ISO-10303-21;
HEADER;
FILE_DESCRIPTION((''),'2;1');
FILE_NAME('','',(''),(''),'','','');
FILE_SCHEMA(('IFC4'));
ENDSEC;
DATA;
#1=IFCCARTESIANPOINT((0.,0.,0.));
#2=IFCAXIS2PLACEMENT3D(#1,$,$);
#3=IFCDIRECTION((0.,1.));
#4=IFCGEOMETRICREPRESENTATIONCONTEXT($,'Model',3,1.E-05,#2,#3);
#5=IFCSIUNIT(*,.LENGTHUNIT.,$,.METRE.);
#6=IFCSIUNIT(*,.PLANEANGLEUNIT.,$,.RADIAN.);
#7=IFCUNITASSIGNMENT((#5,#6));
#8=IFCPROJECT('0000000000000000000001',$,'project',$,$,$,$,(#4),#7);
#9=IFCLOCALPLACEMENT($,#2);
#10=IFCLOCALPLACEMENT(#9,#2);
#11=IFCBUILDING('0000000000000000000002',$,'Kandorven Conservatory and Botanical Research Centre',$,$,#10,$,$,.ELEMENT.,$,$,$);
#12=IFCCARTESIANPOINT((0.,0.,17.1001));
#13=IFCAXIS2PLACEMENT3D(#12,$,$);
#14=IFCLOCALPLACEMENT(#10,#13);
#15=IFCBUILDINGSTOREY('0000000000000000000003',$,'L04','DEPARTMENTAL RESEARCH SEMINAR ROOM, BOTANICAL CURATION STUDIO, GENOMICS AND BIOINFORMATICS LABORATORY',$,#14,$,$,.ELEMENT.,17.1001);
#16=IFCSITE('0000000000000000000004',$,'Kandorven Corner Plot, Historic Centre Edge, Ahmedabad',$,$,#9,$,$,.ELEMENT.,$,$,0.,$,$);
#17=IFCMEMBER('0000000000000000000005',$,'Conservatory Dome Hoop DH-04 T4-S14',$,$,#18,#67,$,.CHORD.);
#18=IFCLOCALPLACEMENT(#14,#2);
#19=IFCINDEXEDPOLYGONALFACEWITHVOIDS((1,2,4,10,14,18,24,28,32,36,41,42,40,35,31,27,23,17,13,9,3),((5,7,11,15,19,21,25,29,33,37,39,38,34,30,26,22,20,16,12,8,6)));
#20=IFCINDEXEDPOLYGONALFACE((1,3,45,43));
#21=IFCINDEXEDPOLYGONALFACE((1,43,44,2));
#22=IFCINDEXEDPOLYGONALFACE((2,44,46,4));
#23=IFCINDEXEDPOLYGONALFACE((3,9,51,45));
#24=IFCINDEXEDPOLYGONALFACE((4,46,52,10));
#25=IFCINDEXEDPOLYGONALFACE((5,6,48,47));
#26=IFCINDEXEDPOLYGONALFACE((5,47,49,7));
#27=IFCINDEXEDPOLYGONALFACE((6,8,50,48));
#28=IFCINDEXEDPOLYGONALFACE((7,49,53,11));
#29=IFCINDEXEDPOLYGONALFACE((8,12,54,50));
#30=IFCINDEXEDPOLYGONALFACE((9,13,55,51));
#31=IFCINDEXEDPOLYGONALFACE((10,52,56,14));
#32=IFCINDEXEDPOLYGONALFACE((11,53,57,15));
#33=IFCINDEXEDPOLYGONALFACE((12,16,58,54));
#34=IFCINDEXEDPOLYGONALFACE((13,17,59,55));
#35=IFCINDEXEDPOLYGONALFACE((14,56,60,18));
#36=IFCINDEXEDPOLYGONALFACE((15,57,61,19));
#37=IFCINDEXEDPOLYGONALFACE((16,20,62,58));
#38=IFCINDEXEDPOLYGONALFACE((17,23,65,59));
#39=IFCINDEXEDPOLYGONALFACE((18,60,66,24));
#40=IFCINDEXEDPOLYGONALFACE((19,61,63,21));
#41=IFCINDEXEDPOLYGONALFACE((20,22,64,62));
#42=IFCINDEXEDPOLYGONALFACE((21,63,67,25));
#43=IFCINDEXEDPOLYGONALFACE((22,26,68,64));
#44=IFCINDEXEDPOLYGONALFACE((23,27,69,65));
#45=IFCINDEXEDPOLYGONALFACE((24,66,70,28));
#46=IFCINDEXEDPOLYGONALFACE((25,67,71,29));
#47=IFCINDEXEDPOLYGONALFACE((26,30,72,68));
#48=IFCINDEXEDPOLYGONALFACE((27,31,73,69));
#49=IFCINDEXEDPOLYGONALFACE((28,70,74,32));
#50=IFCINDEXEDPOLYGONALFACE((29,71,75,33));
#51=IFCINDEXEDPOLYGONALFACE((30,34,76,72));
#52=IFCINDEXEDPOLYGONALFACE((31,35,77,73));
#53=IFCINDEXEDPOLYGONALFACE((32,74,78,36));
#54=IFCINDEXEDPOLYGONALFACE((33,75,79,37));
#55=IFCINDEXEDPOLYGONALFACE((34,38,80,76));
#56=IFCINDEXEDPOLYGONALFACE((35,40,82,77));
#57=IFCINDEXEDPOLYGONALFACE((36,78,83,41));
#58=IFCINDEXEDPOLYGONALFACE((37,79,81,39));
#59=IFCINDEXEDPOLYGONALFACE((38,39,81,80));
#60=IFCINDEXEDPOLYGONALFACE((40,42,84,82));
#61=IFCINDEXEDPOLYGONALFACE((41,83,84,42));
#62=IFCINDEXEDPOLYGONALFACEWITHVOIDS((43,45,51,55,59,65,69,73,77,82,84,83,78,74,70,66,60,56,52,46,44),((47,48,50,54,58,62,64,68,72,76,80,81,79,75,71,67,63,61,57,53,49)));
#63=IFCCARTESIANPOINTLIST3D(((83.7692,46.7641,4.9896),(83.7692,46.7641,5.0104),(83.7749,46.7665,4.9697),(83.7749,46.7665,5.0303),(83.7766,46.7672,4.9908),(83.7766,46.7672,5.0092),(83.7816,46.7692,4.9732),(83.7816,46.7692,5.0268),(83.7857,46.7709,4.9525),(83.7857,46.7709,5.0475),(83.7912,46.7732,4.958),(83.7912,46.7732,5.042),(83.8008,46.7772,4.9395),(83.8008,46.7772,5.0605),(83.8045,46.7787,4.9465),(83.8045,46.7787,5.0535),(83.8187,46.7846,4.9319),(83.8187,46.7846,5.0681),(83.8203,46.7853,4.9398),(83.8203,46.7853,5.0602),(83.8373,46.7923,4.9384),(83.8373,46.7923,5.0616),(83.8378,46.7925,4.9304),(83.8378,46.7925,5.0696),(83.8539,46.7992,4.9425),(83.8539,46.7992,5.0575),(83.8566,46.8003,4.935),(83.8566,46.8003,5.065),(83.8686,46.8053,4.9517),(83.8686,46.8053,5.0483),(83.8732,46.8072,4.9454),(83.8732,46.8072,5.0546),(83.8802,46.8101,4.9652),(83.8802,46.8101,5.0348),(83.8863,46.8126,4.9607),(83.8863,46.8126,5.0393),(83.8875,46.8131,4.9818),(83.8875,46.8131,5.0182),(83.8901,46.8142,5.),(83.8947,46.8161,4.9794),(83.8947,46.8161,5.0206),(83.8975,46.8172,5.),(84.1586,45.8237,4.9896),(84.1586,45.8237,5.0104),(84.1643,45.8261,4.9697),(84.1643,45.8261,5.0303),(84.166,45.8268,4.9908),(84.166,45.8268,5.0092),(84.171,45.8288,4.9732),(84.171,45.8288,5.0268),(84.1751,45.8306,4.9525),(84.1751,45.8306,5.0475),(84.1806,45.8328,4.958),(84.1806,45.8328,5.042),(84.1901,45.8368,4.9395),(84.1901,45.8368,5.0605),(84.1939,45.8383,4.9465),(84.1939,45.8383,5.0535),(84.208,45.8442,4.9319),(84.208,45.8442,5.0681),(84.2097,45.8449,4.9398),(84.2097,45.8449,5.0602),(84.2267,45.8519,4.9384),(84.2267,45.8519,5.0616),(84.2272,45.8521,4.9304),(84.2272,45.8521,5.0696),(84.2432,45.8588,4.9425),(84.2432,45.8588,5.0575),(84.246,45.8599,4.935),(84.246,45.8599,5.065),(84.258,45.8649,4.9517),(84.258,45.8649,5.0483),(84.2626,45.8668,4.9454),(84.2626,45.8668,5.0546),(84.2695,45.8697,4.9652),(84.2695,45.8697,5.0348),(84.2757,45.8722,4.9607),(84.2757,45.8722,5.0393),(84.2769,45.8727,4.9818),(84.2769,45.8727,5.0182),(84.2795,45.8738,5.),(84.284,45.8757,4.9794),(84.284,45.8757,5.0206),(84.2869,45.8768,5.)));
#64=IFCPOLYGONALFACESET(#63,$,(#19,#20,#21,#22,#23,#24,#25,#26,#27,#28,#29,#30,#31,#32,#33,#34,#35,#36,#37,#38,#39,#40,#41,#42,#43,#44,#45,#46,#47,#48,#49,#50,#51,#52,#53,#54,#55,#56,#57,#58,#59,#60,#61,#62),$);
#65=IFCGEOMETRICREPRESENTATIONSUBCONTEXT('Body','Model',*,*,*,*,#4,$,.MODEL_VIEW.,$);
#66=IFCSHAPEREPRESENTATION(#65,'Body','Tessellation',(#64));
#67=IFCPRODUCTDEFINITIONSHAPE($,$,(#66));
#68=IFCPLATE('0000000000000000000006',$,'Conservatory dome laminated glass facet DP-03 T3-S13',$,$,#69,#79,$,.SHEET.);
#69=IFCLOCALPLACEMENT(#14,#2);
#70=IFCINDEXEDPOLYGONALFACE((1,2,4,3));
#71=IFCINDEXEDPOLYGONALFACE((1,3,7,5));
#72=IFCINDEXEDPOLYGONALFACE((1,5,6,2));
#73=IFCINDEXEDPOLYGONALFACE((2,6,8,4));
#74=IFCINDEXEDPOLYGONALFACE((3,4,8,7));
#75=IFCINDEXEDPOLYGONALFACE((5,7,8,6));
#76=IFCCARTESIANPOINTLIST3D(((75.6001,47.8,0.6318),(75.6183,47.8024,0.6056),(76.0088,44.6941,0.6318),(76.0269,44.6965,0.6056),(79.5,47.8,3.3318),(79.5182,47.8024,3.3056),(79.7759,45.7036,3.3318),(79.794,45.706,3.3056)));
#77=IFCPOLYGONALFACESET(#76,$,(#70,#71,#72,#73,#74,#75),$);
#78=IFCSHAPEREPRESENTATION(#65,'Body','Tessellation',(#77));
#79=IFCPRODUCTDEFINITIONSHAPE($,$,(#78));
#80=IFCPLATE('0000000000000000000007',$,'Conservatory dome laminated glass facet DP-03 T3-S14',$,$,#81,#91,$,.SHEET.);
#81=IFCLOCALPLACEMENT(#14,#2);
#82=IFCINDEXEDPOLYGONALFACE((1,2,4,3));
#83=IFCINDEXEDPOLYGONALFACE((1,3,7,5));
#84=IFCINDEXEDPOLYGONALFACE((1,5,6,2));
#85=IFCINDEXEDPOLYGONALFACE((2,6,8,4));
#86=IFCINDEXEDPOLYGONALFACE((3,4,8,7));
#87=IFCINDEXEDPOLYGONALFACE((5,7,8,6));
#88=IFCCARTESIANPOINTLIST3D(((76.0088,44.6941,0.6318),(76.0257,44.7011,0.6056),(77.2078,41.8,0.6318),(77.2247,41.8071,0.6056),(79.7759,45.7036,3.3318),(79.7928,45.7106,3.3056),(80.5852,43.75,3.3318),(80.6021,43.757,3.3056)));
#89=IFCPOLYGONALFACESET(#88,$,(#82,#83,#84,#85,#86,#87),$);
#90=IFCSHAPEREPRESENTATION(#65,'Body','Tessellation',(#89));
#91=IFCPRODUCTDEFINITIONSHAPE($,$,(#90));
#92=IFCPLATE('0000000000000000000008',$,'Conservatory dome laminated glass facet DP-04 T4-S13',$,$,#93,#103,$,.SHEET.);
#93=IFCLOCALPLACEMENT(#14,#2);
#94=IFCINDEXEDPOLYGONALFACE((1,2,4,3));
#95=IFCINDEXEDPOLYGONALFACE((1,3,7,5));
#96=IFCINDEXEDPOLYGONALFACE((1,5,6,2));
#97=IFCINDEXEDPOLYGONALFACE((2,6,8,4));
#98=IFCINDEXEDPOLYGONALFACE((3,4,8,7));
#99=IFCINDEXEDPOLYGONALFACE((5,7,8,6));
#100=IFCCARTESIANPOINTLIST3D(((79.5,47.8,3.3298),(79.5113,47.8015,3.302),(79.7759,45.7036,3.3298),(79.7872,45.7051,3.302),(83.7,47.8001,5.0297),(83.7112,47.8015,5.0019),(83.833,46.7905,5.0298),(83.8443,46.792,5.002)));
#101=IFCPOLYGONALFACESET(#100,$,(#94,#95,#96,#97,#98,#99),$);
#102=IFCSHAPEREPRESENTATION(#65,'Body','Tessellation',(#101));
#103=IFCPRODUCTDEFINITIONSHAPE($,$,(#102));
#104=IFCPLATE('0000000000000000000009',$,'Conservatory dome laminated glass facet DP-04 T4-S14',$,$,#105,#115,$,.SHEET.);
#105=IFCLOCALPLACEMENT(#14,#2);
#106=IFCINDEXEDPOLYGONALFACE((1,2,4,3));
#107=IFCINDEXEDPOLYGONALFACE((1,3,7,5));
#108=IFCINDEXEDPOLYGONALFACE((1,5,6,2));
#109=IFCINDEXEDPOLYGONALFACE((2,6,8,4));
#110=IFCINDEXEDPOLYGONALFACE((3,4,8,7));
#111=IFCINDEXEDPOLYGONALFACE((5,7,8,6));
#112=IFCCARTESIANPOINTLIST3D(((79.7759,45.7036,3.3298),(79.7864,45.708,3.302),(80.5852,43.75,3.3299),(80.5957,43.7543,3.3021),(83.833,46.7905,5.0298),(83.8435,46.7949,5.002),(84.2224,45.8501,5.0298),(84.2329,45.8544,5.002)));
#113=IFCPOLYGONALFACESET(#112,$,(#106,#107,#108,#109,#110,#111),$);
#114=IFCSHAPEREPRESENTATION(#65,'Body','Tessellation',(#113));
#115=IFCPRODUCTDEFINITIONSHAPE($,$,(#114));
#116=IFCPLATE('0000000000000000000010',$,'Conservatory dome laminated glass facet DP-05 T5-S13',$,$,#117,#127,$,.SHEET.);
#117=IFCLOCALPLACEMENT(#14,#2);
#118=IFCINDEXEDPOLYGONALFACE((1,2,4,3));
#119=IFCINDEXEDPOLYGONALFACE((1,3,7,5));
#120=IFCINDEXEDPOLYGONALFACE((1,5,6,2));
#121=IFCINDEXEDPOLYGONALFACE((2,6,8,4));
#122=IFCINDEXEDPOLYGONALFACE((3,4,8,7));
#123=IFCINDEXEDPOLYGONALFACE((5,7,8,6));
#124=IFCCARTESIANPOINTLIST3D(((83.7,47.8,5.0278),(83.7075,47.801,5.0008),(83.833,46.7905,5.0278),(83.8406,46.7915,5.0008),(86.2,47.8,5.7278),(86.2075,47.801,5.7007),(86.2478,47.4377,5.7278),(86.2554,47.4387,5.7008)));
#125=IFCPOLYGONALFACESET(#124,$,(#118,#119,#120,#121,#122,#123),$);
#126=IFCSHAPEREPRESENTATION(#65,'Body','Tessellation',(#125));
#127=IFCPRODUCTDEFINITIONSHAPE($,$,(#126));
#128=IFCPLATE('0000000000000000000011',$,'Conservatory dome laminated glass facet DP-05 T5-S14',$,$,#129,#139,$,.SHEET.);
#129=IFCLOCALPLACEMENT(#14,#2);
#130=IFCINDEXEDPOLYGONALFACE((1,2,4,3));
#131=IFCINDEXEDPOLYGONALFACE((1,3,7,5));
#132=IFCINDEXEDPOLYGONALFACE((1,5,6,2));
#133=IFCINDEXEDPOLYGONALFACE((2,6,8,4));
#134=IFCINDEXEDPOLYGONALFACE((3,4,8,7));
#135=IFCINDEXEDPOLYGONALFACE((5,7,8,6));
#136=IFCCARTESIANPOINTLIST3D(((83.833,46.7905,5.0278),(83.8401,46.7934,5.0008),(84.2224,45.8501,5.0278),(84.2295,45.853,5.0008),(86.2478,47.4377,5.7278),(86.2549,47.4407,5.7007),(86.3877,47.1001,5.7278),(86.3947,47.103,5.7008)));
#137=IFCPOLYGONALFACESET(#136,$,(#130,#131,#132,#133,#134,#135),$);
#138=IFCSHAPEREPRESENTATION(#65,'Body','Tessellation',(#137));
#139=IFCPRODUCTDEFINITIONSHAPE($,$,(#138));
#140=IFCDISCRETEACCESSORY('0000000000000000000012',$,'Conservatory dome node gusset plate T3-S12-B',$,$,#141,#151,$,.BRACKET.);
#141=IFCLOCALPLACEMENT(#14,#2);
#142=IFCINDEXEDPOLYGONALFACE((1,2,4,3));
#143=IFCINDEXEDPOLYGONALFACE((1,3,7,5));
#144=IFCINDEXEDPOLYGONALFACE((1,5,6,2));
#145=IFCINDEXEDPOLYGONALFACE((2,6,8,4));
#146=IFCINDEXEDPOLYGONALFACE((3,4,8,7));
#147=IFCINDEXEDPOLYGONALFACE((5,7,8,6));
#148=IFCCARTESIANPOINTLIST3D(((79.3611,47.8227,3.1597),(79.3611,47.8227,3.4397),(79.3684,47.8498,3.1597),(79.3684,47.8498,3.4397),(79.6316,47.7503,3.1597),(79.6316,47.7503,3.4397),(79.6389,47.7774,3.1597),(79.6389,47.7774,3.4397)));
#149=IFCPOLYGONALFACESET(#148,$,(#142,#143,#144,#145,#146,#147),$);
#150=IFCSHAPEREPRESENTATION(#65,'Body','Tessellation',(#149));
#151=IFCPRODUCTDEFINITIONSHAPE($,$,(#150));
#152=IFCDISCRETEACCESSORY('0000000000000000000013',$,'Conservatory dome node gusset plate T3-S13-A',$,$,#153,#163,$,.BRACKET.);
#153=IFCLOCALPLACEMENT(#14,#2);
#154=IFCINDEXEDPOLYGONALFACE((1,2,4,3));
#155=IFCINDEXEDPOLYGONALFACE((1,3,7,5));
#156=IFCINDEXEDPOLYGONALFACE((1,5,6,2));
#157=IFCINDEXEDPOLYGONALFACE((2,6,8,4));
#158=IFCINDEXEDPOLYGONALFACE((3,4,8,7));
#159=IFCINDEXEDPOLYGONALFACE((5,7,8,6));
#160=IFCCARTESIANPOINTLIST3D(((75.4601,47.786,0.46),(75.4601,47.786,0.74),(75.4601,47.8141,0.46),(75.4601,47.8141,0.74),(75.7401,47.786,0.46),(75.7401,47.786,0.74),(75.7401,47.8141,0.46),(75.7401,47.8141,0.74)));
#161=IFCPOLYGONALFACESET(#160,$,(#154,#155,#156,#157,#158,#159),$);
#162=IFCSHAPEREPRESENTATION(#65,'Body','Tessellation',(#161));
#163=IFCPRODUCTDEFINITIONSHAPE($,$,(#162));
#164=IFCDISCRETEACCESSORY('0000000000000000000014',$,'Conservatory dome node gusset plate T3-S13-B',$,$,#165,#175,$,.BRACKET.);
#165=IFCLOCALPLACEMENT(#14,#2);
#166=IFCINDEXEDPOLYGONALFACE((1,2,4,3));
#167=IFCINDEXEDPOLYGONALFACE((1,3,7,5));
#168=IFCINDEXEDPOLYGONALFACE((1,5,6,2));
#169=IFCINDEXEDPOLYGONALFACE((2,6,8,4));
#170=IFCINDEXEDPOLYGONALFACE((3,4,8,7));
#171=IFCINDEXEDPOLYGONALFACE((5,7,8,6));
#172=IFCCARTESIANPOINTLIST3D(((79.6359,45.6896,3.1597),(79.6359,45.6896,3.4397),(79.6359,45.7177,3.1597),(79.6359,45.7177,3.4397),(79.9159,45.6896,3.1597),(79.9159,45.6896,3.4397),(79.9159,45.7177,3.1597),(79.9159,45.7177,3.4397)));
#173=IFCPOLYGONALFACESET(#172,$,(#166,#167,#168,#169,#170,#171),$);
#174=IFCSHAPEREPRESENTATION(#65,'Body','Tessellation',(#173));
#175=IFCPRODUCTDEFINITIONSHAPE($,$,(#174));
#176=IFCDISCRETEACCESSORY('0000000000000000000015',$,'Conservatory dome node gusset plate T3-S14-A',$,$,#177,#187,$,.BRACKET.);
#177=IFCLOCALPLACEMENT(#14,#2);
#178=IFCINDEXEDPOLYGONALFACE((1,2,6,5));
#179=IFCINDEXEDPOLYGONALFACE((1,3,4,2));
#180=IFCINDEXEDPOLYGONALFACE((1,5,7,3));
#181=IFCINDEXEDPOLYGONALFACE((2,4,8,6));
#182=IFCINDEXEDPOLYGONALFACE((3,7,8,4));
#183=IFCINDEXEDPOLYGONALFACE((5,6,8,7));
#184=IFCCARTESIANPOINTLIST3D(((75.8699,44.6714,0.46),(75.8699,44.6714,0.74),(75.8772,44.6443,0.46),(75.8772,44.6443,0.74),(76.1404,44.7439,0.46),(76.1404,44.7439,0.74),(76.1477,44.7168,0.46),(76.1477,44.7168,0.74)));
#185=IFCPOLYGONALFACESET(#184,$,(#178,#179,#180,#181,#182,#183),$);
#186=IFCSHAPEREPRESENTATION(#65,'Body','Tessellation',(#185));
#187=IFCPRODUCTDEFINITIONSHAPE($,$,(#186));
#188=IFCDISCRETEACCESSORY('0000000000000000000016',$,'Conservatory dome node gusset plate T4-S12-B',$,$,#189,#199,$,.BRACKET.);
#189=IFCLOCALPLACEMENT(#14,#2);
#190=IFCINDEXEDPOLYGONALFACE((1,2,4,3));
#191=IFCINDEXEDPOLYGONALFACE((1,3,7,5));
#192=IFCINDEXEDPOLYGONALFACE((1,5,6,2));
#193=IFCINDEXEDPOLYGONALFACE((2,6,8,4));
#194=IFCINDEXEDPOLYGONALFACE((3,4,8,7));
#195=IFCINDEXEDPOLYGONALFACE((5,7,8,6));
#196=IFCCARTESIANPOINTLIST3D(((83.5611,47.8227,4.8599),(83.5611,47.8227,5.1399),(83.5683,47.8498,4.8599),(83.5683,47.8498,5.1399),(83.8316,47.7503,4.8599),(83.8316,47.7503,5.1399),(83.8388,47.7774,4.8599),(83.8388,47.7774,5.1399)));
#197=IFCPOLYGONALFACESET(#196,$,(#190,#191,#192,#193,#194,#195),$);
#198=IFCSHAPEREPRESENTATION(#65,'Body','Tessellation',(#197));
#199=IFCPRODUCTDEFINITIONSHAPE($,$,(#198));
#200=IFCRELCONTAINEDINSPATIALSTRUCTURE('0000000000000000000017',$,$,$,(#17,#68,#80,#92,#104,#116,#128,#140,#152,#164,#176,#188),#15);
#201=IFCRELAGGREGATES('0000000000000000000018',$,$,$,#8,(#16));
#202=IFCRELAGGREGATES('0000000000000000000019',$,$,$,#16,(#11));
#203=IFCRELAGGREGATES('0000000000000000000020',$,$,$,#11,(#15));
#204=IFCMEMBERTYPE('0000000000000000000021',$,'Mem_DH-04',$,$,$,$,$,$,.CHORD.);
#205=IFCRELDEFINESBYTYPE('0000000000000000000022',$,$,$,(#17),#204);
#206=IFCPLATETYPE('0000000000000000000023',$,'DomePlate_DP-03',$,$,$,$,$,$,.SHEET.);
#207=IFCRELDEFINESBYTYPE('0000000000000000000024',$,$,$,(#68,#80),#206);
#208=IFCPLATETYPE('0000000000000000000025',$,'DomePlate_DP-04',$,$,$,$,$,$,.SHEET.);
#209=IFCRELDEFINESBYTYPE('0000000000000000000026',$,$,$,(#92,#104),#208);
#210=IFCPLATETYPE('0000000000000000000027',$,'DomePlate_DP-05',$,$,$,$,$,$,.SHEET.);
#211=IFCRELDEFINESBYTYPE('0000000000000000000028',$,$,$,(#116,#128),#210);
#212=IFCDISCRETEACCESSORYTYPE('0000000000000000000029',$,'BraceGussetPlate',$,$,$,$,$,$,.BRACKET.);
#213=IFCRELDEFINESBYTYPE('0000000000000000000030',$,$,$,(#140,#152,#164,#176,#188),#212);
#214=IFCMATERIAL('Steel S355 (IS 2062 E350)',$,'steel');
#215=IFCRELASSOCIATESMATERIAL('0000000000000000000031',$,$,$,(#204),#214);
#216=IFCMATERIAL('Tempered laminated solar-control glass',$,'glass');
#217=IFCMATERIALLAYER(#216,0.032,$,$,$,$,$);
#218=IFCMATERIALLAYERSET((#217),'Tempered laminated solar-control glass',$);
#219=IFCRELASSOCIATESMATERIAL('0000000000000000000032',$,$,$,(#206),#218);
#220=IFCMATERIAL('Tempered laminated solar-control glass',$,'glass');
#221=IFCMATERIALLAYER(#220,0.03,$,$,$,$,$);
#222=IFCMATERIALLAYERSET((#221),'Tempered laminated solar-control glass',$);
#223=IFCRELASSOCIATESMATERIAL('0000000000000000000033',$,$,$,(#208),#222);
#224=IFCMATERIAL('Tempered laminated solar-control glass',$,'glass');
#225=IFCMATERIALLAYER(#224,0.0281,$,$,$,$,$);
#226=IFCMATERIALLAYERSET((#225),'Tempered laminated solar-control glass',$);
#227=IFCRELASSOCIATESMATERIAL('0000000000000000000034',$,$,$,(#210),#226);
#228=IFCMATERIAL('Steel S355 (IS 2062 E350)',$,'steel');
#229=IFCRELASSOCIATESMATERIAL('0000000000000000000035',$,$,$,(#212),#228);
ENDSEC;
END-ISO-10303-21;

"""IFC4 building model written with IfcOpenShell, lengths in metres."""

from ifc_helpers import new_model, si_unit, direction, frame, origin, origin_2d, place, context, subcontext, project, spatial, polyline, rectangle, hollow_circle, outline, extrude, material, layer, layer_set, material_profile, profile_set, type_object, element, save


model = new_model("IFC4")

# Units and contexts
model_context = context("Model", 3, precision=1e-05, world=origin(), true_north=direction((0.0, 1.0)))
body_context = subcontext(model_context, "Body", "Model", "MODEL_VIEW")
ifc_project = project(units=[si_unit("LENGTHUNIT", "METRE"), si_unit("PLANEANGLEUNIT", "RADIAN")], contexts=[model_context])

# Site, building, storey
site_placement = place(None, origin())
site = spatial("IfcSite", under=ifc_project, at=site_placement, Name="Kandorven Corner Plot, Historic Centre Edge, Ahmedabad", CompositionType="ELEMENT", RefElevation=0.0)
building_placement = place(site_placement, origin())
building = spatial("IfcBuilding", under=site, at=building_placement, Name="Kandorven Conservatory and Botanical Research Centre", CompositionType="ELEMENT")
storey_placement = place(building_placement, frame((0.0, 0.0, 17.1001)))
storey = spatial("IfcBuildingStorey", under=building, at=storey_placement, Name="L04", Description="DEPARTMENTAL RESEARCH SEMINAR ROOM, BOTANICAL CURATION STUDIO, GENOMICS AND BIOINFORMATICS LABORATORY", CompositionType="ELEMENT", Elevation=17.1001)

# Member
ifc_material_1 = material(Name="Steel S355 (IS 2062 E350)", Category="steel")
ifc_material_profile_1 = material_profile(ifc_material_1, hollow_circle(Radius=0.0698, WallThickness=0.0081, at=origin_2d()))
ifc_profile_set_1 = profile_set([ifc_material_profile_1], Name="Steel S355 (IS 2062 E350)")
member_type_1 = type_object("IfcMemberType", Name="Mem_DH-04", PredefinedType="CHORD", material=ifc_profile_set_1)
member_1_placement = place(storey_placement, frame((83.833, 46.7905, 5.0), z_axis=(0.382571, -0.923926, 0.0), x_axis=(0.923926, 0.382571, 0.0)))
element("IfcMember", 1, at=member_1_placement, inside=storey, type_object=member_type_1, Name="Conservatory Dome Hoop DH-04 T4-S14", PredefinedType="CHORD", context=body_context, shape_type="SweptSolid", body=[
    extrude(hollow_circle(Radius=0.0698, WallThickness=0.0081, at=origin_2d()), origin(), (0.0, 0.0, 1.0), 1.0178),
])

# Plates
ifc_material_2 = material(Name="Tempered laminated solar-control glass", Category="glass")
ifc_layer_1 = layer(ifc_material_2, 0.032)
ifc_layer_set_1 = layer_set([ifc_layer_1], Name="Tempered laminated solar-control glass")
plate_type_1 = type_object("IfcPlateType", Name="DomePlate_DP-03", PredefinedType="SHEET", material=ifc_layer_set_1)
plate_1_placement = place(storey_placement, frame((75.6001, 47.8, 0.6318), z_axis=(-0.567621, -0.074692, 0.819895), x_axis=(0.13046, -0.991454, -0.000002)))
element("IfcPlate", 2, at=plate_1_placement, inside=storey, type_object=plate_type_1, Name="Conservatory dome laminated glass facet DP-03 T3-S13", PredefinedType="SHEET", context=body_context, shape_type="SweptSolid", body=[
    extrude(outline(polyline([(0.0, 0.0), (3.1327, 0.0), (2.6233, 4.716), (0.5088, 4.7159), (0.0, 0.0)])), origin(), (0.0, 0.0, -1.0), 0.032),
])
plate_2_placement = place(storey_placement, frame((76.0088, 44.6941, 0.6318), z_axis=(-0.528919, -0.219122, 0.819897), x_axis=(0.382742, -0.923855, 0.000003)))
element("IfcPlate", 3, at=plate_2_placement, inside=storey, type_object=plate_type_1, Name="Conservatory dome laminated glass facet DP-03 T3-S14", PredefinedType="SHEET", context=body_context, shape_type="SweptSolid", body=[
    extrude(outline(polyline([(0.0, 0.0), (3.1326, 0.0), (2.6238, 4.716), (0.5092, 4.716), (0.0, 0.0)])), origin(), (0.0, 0.0, -1.0), 0.032),
])
ifc_material_3 = material(Name="Tempered laminated solar-control glass", Category="glass")
ifc_layer_2 = layer(ifc_material_3, 0.03)
ifc_layer_set_2 = layer_set([ifc_layer_2], Name="Tempered laminated solar-control glass")
plate_type_2 = type_object("IfcPlateType", Name="DomePlate_DP-04", PredefinedType="SHEET", material=ifc_layer_set_2)
plate_3_placement = place(storey_placement, frame((79.5, 47.8, 3.3298), z_axis=(-0.37472, -0.049336, 0.925825), x_axis=(0.130479, -0.991451, -0.000023)))
element("IfcPlate", 4, at=plate_3_placement, inside=storey, type_object=plate_type_2, Name="Conservatory dome laminated glass facet DP-04 T4-S13", PredefinedType="SHEET", context=body_context, shape_type="SweptSolid", body=[
    extrude(outline(polyline([(0.0, 0.0), (2.1145, 0.0), (1.5662, 4.4979), (0.548, 4.4977), (0.0, 0.0)])), origin(), (0.0, 0.0, -1.0), 0.03),
])
plate_4_placement = place(storey_placement, frame((79.7759, 45.7036, 3.3298), z_axis=(-0.349186, -0.144635, 0.925824), x_axis=(0.382722, -0.923864, 0.000019)))
element("IfcPlate", 5, at=plate_4_placement, inside=storey, type_object=plate_type_2, Name="Conservatory dome laminated glass facet DP-04 T4-S14", PredefinedType="SHEET", context=body_context, shape_type="SweptSolid", body=[
    extrude(outline(polyline([(0.0, 0.0), (2.1146, 0.0), (1.5665, 4.4977), (0.5486, 4.4978), (0.0, 0.0)])), origin(), (0.0, 0.0, -1.0), 0.03),
])
ifc_material_4 = material(Name="Tempered laminated solar-control glass", Category="glass")
ifc_layer_3 = layer(ifc_material_4, 0.0281)
ifc_layer_set_3 = layer_set([ifc_layer_3], Name="Tempered laminated solar-control glass")
plate_type_3 = type_object("IfcPlateType", Name="DomePlate_DP-05", PredefinedType="SHEET", material=ifc_layer_set_3)
plate_5_placement = place(storey_placement, frame((83.7, 47.8, 5.0278), z_axis=(-0.269435, -0.035531, 0.962363), x_axis=(0.130677, -0.991425, -0.000019)))
element("IfcPlate", 6, at=plate_5_placement, inside=storey, type_object=plate_type_3, Name="Conservatory dome laminated glass facet DP-05 T5-S13", PredefinedType="SHEET", context=body_context, shape_type="SweptSolid", body=[
    extrude(outline(polyline([(0.0, 0.0), (1.0183, 0.0), (0.6921, 2.5756), (0.3267, 2.5755), (0.0, 0.0)])), origin(), (0.0, 0.0, -1.0), 0.0281),
])
plate_6_placement = place(storey_placement, frame((83.833, 46.7905, 5.0278), z_axis=(-0.251076, -0.103979, 0.962366), x_axis=(0.382574, -0.923925, -0.000015)))
element("IfcPlate", 7, at=plate_6_placement, inside=storey, type_object=plate_type_3, Name="Conservatory dome laminated glass facet DP-05 T5-S14", PredefinedType="SHEET", context=body_context, shape_type="SweptSolid", body=[
    extrude(outline(polyline([(0.0, 0.0), (1.0179, 0.0), (0.6913, 2.5757), (0.3258, 2.5756), (0.0, 0.0)])), origin(), (0.0, 0.0, -1.0), 0.0281),
])

# Discrete accessories
ifc_material_5 = material(Name="Steel S355 (IS 2062 E350)", Category="steel")
discrete_accessory_type = type_object("IfcDiscreteAccessoryType", Name="BraceGussetPlate", PredefinedType="BRACKET", material=ifc_material_5)
for number, where, z_axis, x_axis, name in (
    (8, (79.5, 47.8, 3.1597), (0.0, 0.0, 1.0), (-0.965926, 0.258819, 0.0), "Conservatory dome node gusset plate T3-S12-B"),
    (9, (75.6001, 47.8, 0.46), (0.0, 0.0, 1.0), (-1.0, 0.0, 0.0), "Conservatory dome node gusset plate T3-S13-A"),
    (10, (79.7759, 45.7036, 3.1597), (0.0, 0.0, 1.0), (-1.0, 0.0, 0.0), "Conservatory dome node gusset plate T3-S13-B"),
    (11, (76.0088, 44.6941, 0.46), (0.0, 0.0, 1.0), (-0.965926, -0.258819, 0.0), "Conservatory dome node gusset plate T3-S14-A"),
    (12, (83.7, 47.8, 4.8599), (0.0, 0.0, 1.0), (-0.965926, 0.258819, 0.0), "Conservatory dome node gusset plate T4-S12-B"),
):
    element("IfcDiscreteAccessory", number, at=place(storey_placement, frame(where, z_axis=z_axis, x_axis=x_axis)), inside=storey, type_object=discrete_accessory_type, Name=name, PredefinedType="BRACKET", context=body_context, shape_type="SweptSolid", body=[
        extrude(rectangle(XDim=0.28, YDim=0.0281, at=origin_2d()), origin(), (0.0, 0.0, 1.0), 0.28),
    ])

save(model, "model.ifc")
